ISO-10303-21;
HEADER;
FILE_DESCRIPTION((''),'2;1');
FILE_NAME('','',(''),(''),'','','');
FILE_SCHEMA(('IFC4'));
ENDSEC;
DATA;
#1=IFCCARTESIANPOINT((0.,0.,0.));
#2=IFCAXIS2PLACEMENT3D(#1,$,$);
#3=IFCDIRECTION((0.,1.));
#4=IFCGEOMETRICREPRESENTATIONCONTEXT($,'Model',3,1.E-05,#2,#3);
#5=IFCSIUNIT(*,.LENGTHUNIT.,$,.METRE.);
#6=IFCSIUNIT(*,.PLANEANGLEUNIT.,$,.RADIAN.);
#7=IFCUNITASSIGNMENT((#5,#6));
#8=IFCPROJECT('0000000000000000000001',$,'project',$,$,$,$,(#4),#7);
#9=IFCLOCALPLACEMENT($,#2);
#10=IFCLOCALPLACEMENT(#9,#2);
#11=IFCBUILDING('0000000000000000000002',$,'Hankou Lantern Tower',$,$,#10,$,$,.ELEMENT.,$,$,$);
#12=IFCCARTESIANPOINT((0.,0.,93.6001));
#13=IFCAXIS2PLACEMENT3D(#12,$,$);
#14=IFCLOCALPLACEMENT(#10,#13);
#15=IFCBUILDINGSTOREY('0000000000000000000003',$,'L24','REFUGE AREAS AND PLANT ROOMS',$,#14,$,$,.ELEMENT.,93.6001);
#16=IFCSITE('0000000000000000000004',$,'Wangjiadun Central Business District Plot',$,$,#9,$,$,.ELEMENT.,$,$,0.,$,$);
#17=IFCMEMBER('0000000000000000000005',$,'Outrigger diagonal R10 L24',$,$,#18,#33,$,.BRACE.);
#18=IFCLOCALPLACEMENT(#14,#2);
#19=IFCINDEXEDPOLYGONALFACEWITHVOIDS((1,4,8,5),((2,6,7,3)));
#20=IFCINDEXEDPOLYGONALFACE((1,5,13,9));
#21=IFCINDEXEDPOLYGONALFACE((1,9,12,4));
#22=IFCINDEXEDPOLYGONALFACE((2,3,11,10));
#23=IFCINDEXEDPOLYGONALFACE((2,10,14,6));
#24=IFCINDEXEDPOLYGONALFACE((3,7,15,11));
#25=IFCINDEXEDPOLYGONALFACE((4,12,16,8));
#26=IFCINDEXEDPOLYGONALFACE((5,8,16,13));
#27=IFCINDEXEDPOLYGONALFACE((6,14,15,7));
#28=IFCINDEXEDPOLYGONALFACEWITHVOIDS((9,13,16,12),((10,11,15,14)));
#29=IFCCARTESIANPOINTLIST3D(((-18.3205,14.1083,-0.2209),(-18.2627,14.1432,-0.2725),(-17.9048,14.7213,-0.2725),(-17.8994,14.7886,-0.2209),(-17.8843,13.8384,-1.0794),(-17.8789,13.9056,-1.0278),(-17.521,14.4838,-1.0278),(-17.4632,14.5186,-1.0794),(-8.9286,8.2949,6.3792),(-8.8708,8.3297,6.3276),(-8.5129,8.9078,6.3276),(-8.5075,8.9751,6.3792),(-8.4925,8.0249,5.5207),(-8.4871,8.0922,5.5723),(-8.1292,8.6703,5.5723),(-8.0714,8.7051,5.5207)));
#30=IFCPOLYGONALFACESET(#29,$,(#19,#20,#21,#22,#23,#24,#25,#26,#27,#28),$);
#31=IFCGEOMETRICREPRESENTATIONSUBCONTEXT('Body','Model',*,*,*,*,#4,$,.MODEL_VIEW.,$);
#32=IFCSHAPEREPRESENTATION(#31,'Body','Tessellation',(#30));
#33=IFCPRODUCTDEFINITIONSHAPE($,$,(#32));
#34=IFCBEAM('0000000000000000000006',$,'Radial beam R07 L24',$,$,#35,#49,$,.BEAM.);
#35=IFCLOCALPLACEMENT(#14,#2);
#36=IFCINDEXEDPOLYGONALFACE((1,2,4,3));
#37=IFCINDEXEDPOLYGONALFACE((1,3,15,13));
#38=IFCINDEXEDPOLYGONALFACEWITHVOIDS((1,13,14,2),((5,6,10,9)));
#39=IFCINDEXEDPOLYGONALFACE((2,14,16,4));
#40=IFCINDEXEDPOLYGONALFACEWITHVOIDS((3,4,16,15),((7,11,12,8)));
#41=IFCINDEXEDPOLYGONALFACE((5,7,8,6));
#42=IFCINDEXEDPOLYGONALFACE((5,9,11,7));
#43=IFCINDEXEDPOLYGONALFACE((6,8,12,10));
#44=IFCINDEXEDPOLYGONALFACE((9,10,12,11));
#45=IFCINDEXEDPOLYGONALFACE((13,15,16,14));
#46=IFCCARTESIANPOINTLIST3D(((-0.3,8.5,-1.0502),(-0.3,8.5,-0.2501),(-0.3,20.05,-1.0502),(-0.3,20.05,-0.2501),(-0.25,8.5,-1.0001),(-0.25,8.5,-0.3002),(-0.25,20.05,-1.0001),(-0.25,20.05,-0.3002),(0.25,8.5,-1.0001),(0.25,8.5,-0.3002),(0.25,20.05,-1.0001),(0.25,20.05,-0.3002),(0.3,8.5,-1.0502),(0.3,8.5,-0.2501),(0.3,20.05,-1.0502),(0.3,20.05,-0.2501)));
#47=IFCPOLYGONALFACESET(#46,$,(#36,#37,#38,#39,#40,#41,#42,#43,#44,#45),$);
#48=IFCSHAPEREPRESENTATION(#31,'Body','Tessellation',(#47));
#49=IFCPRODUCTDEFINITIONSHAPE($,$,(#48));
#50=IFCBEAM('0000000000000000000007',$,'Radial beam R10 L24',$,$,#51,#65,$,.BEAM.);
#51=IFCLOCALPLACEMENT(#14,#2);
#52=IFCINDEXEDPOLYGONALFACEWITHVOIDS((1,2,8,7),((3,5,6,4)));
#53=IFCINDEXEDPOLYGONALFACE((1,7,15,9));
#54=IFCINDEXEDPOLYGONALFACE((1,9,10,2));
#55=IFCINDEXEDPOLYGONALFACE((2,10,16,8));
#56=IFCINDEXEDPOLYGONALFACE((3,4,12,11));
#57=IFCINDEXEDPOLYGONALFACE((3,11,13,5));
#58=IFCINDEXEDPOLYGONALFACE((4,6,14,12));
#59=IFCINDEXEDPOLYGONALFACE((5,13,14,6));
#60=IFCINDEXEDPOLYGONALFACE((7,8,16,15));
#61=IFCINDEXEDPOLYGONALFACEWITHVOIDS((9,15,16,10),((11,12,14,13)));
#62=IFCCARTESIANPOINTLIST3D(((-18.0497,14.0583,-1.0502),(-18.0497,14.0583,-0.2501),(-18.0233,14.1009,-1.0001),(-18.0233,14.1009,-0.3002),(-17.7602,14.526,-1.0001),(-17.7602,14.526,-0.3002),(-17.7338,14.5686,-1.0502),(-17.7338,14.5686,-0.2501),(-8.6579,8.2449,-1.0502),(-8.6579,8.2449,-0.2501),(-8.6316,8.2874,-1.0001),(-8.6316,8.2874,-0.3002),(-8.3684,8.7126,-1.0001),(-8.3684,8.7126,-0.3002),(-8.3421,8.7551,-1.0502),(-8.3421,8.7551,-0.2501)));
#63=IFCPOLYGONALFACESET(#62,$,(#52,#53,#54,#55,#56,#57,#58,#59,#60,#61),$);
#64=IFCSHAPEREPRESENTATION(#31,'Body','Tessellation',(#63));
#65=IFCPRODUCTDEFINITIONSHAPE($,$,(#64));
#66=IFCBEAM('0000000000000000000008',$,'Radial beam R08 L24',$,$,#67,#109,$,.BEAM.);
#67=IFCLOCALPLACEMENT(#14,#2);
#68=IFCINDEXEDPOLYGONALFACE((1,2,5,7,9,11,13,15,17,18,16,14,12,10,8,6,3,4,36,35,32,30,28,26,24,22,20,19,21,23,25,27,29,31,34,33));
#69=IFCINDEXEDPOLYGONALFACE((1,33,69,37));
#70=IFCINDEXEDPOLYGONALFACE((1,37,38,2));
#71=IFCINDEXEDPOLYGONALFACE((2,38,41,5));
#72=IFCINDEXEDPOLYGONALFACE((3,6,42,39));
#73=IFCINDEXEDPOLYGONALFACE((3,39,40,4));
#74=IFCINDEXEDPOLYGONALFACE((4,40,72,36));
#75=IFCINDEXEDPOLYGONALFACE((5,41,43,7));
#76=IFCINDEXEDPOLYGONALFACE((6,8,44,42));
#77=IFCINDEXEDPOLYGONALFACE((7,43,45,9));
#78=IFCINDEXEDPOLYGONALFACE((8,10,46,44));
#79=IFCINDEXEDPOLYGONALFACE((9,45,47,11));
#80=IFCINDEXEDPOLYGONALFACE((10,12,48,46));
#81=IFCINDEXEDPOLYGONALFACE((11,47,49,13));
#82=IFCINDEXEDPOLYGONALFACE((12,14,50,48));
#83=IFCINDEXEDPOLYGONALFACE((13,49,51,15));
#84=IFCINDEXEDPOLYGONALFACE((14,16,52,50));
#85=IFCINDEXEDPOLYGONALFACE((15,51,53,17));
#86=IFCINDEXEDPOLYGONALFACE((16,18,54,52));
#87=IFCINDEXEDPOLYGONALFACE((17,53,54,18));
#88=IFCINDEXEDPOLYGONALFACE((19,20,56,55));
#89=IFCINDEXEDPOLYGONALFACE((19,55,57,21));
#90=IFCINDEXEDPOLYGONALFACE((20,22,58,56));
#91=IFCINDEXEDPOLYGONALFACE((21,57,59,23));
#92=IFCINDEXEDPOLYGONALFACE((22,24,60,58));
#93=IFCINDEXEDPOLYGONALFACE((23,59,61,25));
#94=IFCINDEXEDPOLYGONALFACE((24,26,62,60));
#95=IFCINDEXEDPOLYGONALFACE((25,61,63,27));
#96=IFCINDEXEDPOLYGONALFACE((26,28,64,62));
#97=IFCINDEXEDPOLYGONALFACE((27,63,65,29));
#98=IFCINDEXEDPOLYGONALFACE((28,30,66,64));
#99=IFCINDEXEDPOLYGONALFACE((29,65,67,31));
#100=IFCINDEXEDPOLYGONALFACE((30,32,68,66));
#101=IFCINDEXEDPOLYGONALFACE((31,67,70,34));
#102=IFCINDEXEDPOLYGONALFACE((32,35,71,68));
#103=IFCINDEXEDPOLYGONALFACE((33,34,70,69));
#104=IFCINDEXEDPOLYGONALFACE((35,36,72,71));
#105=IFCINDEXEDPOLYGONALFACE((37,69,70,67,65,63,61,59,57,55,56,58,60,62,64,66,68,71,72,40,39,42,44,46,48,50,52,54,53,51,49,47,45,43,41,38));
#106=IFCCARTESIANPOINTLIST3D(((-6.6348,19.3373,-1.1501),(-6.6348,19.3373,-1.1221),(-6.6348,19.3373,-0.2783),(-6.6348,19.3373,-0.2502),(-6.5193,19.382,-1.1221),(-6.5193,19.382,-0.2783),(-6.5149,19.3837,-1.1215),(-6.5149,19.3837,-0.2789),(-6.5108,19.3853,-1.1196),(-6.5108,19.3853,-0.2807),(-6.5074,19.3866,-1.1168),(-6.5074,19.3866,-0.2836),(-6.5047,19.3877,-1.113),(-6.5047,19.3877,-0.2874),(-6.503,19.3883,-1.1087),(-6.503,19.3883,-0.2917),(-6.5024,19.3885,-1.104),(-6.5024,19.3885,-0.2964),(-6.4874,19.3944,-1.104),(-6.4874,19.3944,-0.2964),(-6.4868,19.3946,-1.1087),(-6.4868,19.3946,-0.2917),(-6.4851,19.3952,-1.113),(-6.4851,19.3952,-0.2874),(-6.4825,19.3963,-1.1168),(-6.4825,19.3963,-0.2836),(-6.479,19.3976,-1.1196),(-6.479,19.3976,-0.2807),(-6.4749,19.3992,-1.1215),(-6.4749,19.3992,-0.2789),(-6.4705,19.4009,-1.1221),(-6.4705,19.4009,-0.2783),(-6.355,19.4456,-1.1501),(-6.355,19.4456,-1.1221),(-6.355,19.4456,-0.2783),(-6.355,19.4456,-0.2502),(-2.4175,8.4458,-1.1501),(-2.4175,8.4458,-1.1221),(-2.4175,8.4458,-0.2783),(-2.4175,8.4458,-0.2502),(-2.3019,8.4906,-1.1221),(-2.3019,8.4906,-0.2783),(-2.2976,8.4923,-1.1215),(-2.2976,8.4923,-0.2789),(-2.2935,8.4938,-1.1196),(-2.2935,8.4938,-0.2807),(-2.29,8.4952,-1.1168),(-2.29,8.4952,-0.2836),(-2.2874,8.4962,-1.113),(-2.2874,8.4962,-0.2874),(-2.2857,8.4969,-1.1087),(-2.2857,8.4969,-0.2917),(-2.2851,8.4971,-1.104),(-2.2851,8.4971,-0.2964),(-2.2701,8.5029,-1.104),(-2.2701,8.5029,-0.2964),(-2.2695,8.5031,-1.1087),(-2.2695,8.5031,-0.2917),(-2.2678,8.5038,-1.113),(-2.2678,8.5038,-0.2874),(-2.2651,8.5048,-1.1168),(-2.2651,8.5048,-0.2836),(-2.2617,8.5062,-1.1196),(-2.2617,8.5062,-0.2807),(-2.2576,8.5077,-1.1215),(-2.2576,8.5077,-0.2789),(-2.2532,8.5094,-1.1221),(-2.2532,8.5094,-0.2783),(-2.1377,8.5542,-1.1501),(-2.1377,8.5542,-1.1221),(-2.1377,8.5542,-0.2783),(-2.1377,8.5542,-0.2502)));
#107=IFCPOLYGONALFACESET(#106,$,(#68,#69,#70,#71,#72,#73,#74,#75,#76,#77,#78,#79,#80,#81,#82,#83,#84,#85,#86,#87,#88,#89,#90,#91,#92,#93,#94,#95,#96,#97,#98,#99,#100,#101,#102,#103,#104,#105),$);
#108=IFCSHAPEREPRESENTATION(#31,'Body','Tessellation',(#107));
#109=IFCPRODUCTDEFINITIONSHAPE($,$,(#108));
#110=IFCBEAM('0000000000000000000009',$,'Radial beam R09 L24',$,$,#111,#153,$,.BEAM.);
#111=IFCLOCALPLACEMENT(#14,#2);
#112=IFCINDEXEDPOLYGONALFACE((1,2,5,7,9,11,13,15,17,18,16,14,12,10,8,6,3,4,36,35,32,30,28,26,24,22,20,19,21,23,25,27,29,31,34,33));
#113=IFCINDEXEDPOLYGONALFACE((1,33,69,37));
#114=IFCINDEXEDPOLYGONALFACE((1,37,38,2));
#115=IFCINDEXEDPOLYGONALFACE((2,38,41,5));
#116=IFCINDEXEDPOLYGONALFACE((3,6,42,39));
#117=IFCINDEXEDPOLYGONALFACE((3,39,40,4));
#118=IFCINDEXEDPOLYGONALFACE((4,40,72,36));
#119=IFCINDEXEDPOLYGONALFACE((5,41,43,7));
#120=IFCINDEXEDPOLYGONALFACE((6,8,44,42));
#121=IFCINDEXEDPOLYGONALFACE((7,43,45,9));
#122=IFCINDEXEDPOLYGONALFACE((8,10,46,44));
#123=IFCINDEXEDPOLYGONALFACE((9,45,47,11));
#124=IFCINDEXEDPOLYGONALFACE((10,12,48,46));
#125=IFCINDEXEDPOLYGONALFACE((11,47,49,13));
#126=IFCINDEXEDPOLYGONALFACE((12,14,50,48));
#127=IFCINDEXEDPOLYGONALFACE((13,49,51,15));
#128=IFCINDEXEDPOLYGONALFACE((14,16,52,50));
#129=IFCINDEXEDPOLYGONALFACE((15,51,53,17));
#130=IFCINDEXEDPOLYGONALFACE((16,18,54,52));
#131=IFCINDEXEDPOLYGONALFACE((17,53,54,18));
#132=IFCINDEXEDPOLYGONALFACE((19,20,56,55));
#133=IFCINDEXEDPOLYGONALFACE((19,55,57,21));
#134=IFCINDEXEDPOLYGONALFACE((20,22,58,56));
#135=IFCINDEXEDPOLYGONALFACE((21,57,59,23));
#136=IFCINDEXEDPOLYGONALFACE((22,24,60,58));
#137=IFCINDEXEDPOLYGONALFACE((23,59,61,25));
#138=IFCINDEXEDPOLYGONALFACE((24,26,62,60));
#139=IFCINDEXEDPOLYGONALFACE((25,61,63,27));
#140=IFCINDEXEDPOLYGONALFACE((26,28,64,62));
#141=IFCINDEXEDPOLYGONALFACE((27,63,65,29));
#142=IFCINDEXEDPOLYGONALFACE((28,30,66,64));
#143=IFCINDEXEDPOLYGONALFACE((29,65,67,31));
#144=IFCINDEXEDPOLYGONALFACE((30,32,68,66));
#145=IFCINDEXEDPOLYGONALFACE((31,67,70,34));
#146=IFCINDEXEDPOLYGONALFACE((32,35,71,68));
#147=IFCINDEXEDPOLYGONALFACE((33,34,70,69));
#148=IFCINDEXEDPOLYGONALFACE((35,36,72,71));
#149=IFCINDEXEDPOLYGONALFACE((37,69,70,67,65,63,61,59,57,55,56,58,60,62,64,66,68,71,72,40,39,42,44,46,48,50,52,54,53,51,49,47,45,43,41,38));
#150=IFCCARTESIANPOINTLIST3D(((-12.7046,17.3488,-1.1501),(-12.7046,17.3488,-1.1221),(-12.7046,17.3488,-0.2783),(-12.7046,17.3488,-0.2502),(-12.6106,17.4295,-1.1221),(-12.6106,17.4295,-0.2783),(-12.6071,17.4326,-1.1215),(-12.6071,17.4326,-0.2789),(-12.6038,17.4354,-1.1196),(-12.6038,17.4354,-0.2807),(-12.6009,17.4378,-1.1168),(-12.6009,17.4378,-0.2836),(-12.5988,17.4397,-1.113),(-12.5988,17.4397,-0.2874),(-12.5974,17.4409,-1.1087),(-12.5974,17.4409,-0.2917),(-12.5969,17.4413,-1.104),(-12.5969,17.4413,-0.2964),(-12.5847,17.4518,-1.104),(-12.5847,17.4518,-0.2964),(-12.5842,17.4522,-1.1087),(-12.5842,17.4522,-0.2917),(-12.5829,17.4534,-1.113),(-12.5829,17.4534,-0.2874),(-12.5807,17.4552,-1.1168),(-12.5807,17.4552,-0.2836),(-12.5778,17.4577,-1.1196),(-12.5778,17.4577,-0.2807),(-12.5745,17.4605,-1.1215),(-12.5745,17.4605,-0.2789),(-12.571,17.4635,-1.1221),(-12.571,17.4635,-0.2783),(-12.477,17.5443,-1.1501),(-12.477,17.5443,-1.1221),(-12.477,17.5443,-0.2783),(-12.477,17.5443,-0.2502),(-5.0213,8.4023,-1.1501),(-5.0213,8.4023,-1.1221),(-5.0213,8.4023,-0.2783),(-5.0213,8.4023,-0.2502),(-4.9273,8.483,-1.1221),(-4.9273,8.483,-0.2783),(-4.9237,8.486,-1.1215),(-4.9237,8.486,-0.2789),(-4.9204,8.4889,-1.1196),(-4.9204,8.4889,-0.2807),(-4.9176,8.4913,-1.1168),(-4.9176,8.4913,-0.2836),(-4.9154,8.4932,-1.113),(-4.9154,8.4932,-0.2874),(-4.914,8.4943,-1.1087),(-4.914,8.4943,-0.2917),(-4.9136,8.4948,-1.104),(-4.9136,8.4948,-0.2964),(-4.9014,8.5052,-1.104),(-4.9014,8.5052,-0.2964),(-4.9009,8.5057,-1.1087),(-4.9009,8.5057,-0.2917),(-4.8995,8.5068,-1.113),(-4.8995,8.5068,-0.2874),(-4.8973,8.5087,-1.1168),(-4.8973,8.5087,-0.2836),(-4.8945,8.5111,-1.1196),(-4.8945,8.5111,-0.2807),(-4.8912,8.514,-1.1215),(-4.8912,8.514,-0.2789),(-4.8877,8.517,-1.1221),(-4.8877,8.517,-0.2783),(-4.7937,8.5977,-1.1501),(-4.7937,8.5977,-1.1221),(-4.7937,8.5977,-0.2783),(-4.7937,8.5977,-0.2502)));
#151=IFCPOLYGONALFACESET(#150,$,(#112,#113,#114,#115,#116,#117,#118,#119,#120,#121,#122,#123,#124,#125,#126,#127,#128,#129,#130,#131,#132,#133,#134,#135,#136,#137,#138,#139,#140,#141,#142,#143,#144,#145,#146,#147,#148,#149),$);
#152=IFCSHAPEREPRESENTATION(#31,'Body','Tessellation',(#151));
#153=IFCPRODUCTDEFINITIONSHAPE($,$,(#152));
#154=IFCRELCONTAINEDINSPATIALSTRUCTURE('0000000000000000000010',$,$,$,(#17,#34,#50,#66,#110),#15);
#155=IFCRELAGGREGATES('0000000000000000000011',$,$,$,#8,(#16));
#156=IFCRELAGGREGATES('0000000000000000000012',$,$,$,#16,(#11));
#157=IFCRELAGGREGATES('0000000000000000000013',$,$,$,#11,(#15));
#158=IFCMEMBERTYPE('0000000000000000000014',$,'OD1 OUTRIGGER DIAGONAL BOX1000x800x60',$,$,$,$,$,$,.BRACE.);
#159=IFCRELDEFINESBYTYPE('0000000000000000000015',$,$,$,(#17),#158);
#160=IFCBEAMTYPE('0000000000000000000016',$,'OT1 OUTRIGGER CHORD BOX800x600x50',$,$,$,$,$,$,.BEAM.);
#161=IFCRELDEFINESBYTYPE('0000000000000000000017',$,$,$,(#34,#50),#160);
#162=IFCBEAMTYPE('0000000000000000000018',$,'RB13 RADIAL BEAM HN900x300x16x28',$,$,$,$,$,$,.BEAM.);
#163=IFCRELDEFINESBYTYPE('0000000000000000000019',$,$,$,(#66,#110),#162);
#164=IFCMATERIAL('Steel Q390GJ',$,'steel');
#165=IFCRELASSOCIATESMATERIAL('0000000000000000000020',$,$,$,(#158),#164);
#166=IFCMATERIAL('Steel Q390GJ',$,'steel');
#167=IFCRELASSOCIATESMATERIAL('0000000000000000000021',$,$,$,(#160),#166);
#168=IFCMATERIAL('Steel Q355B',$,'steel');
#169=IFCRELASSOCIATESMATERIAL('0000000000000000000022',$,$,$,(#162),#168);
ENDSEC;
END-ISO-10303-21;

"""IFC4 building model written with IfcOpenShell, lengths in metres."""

from ifc_helpers import new_model, si_unit, direction, frame, origin, origin_2d, place, context, subcontext, project, spatial, hollow_rectangle, i_section, extrude, material, material_profile, profile_set, type_object, element, save


model = new_model("IFC4")

# Units and contexts
model_context = context("Model", 3, precision=1e-05, world=origin(), true_north=direction((0.0, 1.0)))
body_context = subcontext(model_context, "Body", "Model", "MODEL_VIEW")
ifc_project = project(units=[si_unit("LENGTHUNIT", "METRE"), si_unit("PLANEANGLEUNIT", "RADIAN")], contexts=[model_context])

# Site, building, storey
site_placement = place(None, origin())
site = spatial("IfcSite", under=ifc_project, at=site_placement, Name="Wangjiadun Central Business District Plot", CompositionType="ELEMENT", RefElevation=0.0)
building_placement = place(site_placement, origin())
building = spatial("IfcBuilding", under=site, at=building_placement, Name="Hankou Lantern Tower", CompositionType="ELEMENT")
storey_placement = place(building_placement, frame((0.0, 0.0, 93.6001)))
storey = spatial("IfcBuildingStorey", under=building, at=storey_placement, Name="L24", Description="REFUGE AREAS AND PLANT ROOMS", CompositionType="ELEMENT", Elevation=93.6001)

# Member
ifc_material_1 = material(Name="Steel Q390GJ", Category="steel")
ifc_material_profile_1 = material_profile(ifc_material_1, hollow_rectangle(XDim=0.8, YDim=1.0, WallThickness=0.0601, at=origin_2d()), Name="BOX1000x800x60")
ifc_profile_set_1 = profile_set([ifc_material_profile_1], Name="Steel Q390GJ")
member_type = type_object("IfcMemberType", Name="OD1 OUTRIGGER DIAGONAL BOX1000x800x60", PredefinedType="BRACE", material=ifc_profile_set_1)
member_placement = place(storey_placement, frame((-8.5, 8.5, 5.95), z_axis=(-0.729907, 0.451806, -0.51294), x_axis=(-0.52632, -0.850286, 0.0)))
element("IfcMember", 1, at=member_placement, inside=storey, type_object=member_type, Name="Outrigger diagonal R10 L24", PredefinedType="BRACE", context=body_context, shape_type="SweptSolid", body=[
    extrude(hollow_rectangle(XDim=0.8, YDim=1.0, WallThickness=0.0601, at=origin_2d()), origin(), (0.0, 0.0, 1.0), 12.8672),
])

# Beams
ifc_material_2 = material(Name="Steel Q390GJ", Category="steel")
ifc_material_profile_2 = material_profile(ifc_material_2, hollow_rectangle(XDim=0.6001, YDim=0.8, WallThickness=0.05, at=origin_2d()), Name="BOX800x600x50")
ifc_profile_set_2 = profile_set([ifc_material_profile_2], Name="Steel Q390GJ")
beam_type_1 = type_object("IfcBeamType", Name="OT1 OUTRIGGER CHORD BOX800x600x50", PredefinedType="BEAM", material=ifc_profile_set_2)
beam_1_placement = place(storey_placement, frame((0.0, 8.5, -0.6501), z_axis=(0.0, 1.0, 0.0), x_axis=(-1.0, 0.0, 0.0)))
element("IfcBeam", 2, at=beam_1_placement, inside=storey, type_object=beam_type_1, Name="Radial beam R07 L24", PredefinedType="BEAM", context=body_context, shape_type="SweptSolid", body=[
    extrude(hollow_rectangle(XDim=0.6001, YDim=0.8, WallThickness=0.05, at=origin_2d()), origin(), (0.0, 0.0, 1.0), 11.55),
])
beam_2_placement = place(storey_placement, frame((-8.5, 8.5, -0.6501), z_axis=(-0.850286, 0.52632, 0.0), x_axis=(-0.52632, -0.850286, 0.0)))
element("IfcBeam", 3, at=beam_2_placement, inside=storey, type_object=beam_type_1, Name="Radial beam R10 L24", PredefinedType="BEAM", context=body_context, shape_type="SweptSolid", body=[
    extrude(hollow_rectangle(XDim=0.6001, YDim=0.8, WallThickness=0.05, at=origin_2d()), origin(), (0.0, 0.0, 1.0), 11.0454),
])
ifc_material_3 = material(Name="Steel Q355B", Category="steel")
ifc_material_profile_3 = material_profile(ifc_material_3, i_section(OverallWidth=0.3, OverallDepth=0.8999, WebThickness=0.0161, FlangeThickness=0.0281, FilletRadius=0.0181, at=origin_2d()), Name="HN900x300x16x28")
ifc_profile_set_3 = profile_set([ifc_material_profile_3], Name="Steel Q355B")
beam_type_2 = type_object("IfcBeamType", Name="RB13 RADIAL BEAM HN900x300x16x28", PredefinedType="BEAM", material=ifc_profile_set_3)
beam_3_placement = place(storey_placement, frame((-2.2776, 8.5, -0.7002), z_axis=(-0.361089, 0.932531, 0.0), x_axis=(-0.932531, -0.361089, 0.0)))
element("IfcBeam", 4, at=beam_3_placement, inside=storey, type_object=beam_type_2, Name="Radial beam R08 L24", PredefinedType="BEAM", context=body_context, shape_type="SweptSolid", body=[
    extrude(i_section(OverallWidth=0.3, OverallDepth=0.8999, WebThickness=0.0161, FlangeThickness=0.0281, FilletRadius=0.0181, at=origin_2d()), origin(), (0.0, 0.0, 1.0), 11.6794),
])
beam_4_placement = place(storey_placement, frame((-4.9075, 8.5, -0.7002), z_axis=(-0.651519, 0.758632, 0.0), x_axis=(-0.758632, -0.651519, 0.0)))
element("IfcBeam", 5, at=beam_4_placement, inside=storey, type_object=beam_type_2, Name="Radial beam R09 L24", PredefinedType="BEAM", context=body_context, shape_type="SweptSolid", body=[
    extrude(i_section(OverallWidth=0.3, OverallDepth=0.8999, WebThickness=0.0161, FlangeThickness=0.0281, FilletRadius=0.0181, at=origin_2d()), origin(), (0.0, 0.0, 1.0), 11.793),
])

save(model, "model.ifc")
